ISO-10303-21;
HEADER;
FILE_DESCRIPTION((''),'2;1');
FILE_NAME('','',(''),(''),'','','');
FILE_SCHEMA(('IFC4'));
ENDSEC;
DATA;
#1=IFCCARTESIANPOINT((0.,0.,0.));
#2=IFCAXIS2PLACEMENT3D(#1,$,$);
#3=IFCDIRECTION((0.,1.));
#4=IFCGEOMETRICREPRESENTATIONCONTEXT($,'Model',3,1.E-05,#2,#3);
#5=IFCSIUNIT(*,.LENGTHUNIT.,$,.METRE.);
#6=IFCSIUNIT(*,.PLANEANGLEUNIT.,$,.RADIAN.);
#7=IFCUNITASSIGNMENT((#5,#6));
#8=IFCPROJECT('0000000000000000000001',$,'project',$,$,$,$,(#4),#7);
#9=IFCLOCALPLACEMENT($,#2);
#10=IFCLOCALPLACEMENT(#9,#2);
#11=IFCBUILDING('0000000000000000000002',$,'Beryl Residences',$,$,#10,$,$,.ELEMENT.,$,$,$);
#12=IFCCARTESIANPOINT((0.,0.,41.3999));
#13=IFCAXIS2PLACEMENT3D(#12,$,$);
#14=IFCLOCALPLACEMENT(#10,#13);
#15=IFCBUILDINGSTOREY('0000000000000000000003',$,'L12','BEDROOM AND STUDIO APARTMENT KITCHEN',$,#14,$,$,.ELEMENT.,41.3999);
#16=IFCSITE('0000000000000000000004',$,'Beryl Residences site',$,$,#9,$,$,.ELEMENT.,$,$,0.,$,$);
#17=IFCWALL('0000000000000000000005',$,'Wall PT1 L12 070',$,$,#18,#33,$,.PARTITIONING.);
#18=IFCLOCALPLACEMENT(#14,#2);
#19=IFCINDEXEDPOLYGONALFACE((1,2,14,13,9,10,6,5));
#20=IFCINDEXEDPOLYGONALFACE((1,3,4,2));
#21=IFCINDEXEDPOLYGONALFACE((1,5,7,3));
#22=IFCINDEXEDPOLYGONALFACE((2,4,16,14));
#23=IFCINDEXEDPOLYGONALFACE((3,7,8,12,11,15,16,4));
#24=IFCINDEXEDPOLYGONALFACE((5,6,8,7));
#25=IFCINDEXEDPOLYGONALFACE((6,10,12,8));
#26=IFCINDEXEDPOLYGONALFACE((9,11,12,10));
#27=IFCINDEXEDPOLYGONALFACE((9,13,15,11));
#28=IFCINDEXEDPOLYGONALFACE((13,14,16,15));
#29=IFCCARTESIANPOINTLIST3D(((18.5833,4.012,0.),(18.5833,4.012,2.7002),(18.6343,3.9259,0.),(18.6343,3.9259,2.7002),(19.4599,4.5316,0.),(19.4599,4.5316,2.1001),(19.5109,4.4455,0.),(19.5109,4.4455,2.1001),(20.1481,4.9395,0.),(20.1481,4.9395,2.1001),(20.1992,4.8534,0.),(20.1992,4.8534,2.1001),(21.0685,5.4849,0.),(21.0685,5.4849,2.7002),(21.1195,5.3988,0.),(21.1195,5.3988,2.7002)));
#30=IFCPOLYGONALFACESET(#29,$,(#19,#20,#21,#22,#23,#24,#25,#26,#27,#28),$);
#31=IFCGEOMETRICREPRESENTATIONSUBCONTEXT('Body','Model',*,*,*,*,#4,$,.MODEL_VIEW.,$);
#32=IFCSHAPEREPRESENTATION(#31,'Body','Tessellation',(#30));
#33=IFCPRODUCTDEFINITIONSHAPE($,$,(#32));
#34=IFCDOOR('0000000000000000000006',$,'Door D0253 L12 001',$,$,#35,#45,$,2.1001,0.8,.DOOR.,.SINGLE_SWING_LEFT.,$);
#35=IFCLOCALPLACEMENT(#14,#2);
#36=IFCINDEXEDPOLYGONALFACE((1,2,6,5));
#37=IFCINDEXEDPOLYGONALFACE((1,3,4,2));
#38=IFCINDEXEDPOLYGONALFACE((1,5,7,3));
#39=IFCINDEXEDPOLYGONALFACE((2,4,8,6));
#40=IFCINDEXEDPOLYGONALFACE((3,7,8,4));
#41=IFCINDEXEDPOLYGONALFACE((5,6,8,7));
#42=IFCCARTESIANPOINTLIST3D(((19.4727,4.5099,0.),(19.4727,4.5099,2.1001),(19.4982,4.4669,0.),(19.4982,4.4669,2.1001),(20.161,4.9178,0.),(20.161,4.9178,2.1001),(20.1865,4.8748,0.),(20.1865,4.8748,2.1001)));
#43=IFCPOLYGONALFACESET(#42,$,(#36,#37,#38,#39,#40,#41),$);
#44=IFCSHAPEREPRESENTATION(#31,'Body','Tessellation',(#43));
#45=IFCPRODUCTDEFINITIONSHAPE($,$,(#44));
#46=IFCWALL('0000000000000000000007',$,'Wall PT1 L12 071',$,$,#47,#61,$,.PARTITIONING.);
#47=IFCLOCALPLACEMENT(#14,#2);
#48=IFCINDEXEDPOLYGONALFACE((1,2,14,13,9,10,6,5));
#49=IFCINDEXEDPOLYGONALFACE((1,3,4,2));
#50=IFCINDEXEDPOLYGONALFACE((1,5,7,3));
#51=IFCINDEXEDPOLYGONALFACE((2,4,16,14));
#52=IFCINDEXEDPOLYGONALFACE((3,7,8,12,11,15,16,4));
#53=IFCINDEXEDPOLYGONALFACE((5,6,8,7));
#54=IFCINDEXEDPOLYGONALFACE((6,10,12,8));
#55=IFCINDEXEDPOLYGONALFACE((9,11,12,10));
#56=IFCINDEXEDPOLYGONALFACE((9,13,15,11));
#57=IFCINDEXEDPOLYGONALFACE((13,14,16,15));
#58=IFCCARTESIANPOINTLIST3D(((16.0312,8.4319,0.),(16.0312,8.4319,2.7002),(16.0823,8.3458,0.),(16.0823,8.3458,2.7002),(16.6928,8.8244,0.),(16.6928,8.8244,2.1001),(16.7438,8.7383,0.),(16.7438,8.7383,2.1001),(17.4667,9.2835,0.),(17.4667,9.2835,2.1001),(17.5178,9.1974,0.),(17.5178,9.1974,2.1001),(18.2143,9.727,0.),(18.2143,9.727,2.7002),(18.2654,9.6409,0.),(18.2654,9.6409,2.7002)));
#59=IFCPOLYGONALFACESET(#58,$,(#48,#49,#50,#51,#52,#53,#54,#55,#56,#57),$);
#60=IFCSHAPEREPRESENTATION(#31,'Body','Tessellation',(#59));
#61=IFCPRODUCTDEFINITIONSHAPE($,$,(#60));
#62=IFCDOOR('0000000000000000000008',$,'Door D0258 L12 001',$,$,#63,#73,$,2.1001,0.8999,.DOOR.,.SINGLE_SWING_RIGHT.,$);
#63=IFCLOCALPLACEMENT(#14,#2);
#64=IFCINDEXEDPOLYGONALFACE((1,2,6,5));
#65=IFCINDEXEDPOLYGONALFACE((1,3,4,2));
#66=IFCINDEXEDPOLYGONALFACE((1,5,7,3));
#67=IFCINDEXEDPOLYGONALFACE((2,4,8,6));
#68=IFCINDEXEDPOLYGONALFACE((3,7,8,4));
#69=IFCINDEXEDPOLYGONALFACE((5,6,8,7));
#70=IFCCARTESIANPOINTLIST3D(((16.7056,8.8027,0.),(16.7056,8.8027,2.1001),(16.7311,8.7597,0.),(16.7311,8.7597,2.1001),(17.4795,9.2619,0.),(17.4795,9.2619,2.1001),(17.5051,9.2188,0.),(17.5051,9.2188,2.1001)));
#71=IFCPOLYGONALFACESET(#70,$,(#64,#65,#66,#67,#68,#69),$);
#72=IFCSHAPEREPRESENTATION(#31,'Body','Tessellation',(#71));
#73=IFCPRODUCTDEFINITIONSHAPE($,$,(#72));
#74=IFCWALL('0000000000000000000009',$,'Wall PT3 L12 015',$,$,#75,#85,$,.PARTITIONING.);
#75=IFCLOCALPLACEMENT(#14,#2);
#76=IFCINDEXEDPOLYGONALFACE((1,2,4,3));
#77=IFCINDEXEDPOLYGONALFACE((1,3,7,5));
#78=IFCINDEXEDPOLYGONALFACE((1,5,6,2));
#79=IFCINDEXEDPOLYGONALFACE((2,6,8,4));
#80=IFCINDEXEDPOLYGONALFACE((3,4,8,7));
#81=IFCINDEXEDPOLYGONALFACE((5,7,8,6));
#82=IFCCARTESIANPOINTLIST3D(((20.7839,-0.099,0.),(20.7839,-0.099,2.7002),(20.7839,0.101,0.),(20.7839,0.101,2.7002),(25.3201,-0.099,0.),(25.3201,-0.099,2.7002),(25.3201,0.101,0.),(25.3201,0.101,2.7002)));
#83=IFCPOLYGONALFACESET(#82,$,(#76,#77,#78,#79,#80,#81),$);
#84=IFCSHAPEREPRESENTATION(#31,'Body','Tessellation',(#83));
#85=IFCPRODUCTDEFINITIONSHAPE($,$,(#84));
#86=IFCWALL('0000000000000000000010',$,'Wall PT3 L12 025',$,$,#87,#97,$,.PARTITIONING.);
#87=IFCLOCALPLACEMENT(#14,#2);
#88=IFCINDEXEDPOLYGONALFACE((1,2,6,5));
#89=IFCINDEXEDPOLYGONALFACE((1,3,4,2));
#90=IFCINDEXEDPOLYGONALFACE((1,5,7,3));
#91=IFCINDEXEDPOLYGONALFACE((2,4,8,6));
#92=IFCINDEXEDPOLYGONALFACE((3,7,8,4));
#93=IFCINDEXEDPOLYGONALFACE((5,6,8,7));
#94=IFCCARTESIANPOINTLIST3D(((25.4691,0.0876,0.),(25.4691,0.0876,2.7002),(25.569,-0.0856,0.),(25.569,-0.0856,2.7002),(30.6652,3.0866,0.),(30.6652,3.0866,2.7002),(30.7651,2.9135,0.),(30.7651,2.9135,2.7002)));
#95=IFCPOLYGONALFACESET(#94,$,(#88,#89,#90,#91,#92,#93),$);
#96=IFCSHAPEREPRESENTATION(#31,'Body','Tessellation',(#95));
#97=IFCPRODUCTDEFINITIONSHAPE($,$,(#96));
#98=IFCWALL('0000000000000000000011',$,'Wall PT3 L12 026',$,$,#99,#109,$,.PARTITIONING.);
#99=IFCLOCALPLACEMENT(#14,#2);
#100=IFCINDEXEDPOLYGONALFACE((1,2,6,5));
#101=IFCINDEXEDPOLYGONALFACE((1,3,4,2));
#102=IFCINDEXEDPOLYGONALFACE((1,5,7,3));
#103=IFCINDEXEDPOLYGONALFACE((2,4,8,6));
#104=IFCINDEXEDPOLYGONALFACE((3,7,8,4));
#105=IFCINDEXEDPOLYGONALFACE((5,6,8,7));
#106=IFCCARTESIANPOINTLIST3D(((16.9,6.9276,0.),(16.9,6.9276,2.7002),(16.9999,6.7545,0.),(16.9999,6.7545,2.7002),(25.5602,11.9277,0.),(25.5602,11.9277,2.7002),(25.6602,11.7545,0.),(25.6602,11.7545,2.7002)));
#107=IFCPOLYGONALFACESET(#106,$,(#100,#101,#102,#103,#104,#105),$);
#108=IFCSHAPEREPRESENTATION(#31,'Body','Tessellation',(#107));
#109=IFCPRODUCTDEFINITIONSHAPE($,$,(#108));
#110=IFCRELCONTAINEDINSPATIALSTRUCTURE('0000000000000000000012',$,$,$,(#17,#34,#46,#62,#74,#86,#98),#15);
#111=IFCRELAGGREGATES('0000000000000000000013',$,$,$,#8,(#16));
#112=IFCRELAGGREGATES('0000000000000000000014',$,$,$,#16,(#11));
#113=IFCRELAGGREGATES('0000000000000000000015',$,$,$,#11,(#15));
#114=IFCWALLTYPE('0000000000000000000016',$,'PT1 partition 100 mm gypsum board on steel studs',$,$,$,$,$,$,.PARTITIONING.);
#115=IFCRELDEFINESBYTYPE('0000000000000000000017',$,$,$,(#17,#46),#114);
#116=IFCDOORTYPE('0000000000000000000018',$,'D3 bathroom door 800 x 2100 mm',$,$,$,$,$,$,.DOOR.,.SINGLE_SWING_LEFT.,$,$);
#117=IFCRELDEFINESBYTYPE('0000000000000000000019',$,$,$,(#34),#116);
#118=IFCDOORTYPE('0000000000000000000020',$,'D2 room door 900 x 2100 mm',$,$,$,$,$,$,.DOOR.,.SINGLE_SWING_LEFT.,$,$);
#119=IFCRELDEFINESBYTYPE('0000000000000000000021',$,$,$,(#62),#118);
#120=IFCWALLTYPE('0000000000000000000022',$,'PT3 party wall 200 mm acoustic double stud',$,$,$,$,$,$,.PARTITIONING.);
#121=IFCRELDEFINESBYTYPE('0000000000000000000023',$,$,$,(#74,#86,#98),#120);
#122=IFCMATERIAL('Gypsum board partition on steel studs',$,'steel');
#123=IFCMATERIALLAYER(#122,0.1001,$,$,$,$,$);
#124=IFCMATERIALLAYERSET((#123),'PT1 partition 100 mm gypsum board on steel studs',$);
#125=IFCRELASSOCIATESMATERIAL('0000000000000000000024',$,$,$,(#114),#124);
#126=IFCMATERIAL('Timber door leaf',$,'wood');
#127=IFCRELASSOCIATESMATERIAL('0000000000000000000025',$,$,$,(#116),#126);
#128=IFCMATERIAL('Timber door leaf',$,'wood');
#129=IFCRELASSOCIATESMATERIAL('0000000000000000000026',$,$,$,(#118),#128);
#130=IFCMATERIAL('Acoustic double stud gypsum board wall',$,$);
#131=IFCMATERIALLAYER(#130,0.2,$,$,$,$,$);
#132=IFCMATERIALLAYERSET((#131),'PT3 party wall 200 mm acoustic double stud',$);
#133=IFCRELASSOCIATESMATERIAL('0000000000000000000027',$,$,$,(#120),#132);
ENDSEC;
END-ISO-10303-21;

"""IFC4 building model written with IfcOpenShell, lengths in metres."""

from ifc_helpers import new_model, si_unit, direction, frame, frame_2d, origin, place, context, subcontext, project, spatial, rectangle, extrude, material, layer, layer_set, type_object, element, fill, save


model = new_model("IFC4")

# Units and contexts
model_context = context("Model", 3, precision=1e-05, world=origin(), true_north=direction((0.0, 1.0)))
body_context = subcontext(model_context, "Body", "Model", "MODEL_VIEW")
ifc_project = project(units=[si_unit("LENGTHUNIT", "METRE"), si_unit("PLANEANGLEUNIT", "RADIAN")], contexts=[model_context])

# Site, building, storey
site_placement = place(None, origin())
site = spatial("IfcSite", under=ifc_project, at=site_placement, Name="Beryl Residences site", CompositionType="ELEMENT", RefElevation=0.0)
building_placement = place(site_placement, origin())
building = spatial("IfcBuilding", under=site, at=building_placement, Name="Beryl Residences", CompositionType="ELEMENT")
storey_placement = place(building_placement, frame((0.0, 0.0, 41.3999)))
storey = spatial("IfcBuildingStorey", under=building, at=storey_placement, Name="L12", Description="BEDROOM AND STUDIO APARTMENT KITCHEN", CompositionType="ELEMENT", Elevation=41.3999)

# Shared definitions
ifc_material_1 = material(Name="Gypsum board partition on steel studs", Category="steel")
ifc_layer_1 = layer(ifc_material_1, 0.1001)
ifc_layer_set_1 = layer_set([ifc_layer_1], Name="PT1 partition 100 mm gypsum board on steel studs")
wall_type_1 = type_object("IfcWallType", Name="PT1 partition 100 mm gypsum board on steel studs", PredefinedType="PARTITIONING", material=ifc_layer_set_1)

# Walls, openings, doors
ifc_material_2 = material(Name="Timber door leaf", Category="wood")
door_type_1 = type_object("IfcDoorType", Name="D3 bathroom door 800 x 2100 mm", OperationType="SINGLE_SWING_LEFT", PredefinedType="DOOR", material=ifc_material_2)
ifc_material_3 = material(Name="Timber door leaf", Category="wood")
door_type_2 = type_object("IfcDoorType", Name="D2 room door 900 x 2100 mm", OperationType="SINGLE_SWING_LEFT", PredefinedType="DOOR", material=ifc_material_3)
wall_1_placement = place(storey_placement, frame((18.6089, 3.969, 0.0), z_axis=(0.0, 0.0, 1.0), x_axis=(0.860254, 0.509865, 0.0)))
wall_1 = element("IfcWall", 1, at=wall_1_placement, inside=storey, type_object=wall_type_1, Name="Wall PT1 L12 070", PredefinedType="PARTITIONING", context=body_context, shape_type="SweptSolid", body=[
    extrude(rectangle(XDim=2.8889, YDim=0.1001, at=frame_2d((1.4443, 0.0))), origin(), (0.0, 0.0, 1.0), 2.7002),
])
opening_1_placement = place(wall_1_placement, frame((1.019, 0.0, 0.0)))
opening_1 = element("IfcOpeningElement", 2, at=opening_1_placement, cuts=wall_1, PredefinedType="OPENING", context=body_context, shape_type="SweptSolid", body=[
    extrude(rectangle(XDim=0.8, YDim=2.1001, at=frame_2d((0.3999, 1.05))), frame((0.0, 0.0601, 0.0), z_axis=(0.0, -1.0, 0.0), x_axis=(1.0, 0.0, 0.0)), (0.0, 0.0, 1.0), 0.1201),
])
door_1_placement = place(opening_1_placement, origin())
door_1 = element("IfcDoor", 3, at=door_1_placement, inside=storey, type_object=door_type_1, Name="Door D0253 L12 001", OperationType="SINGLE_SWING_LEFT", OverallHeight=2.1001, OverallWidth=0.8, PredefinedType="DOOR", context=body_context, shape_type="SweptSolid", body=[
    extrude(rectangle(XDim=0.8, YDim=2.1001, at=frame_2d((0.3999, 1.05))), frame((0.0, 0.0249, 0.0), z_axis=(0.0, -1.0, 0.0), x_axis=(1.0, 0.0, 0.0)), (0.0, 0.0, 1.0), 0.05),
])
fill(opening_1, door_1)
wall_2_placement = place(storey_placement, frame((16.0569, 8.3889, 0.0), z_axis=(0.0, 0.0, 1.0), x_axis=(0.860037, 0.510232, 0.0)))
wall_2 = element("IfcWall", 4, at=wall_2_placement, inside=storey, type_object=wall_type_1, Name="Wall PT1 L12 071", PredefinedType="PARTITIONING", context=body_context, shape_type="SweptSolid", body=[
    extrude(rectangle(XDim=2.5383, YDim=0.1001, at=frame_2d((1.269, 0.0))), origin(), (0.0, 0.0, 1.0), 2.7002),
])
opening_2_placement = place(wall_2_placement, frame((0.769, 0.0, 0.0)))
opening_2 = element("IfcOpeningElement", 5, at=opening_2_placement, cuts=wall_2, PredefinedType="OPENING", context=body_context, shape_type="SweptSolid", body=[
    extrude(rectangle(XDim=0.8999, YDim=2.1001, at=frame_2d((0.45, 1.05))), frame((0.0, 0.0601, 0.0), z_axis=(0.0, -1.0, 0.0), x_axis=(1.0, 0.0, 0.0)), (0.0, 0.0, 1.0), 0.1201),
])
door_2_placement = place(opening_2_placement, origin())
door_2 = element("IfcDoor", 6, at=door_2_placement, inside=storey, type_object=door_type_2, Name="Door D0258 L12 001", OperationType="SINGLE_SWING_RIGHT", OverallHeight=2.1001, OverallWidth=0.8999, PredefinedType="DOOR", context=body_context, shape_type="SweptSolid", body=[
    extrude(rectangle(XDim=0.8999, YDim=2.1001, at=frame_2d((0.45, 1.05))), frame((0.0, 0.0249, 0.0), z_axis=(0.0, -1.0, 0.0), x_axis=(1.0, 0.0, 0.0)), (0.0, 0.0, 1.0), 0.05),
])
fill(opening_2, door_2)

# Walls
ifc_material_4 = material(Name="Acoustic double stud gypsum board wall")
ifc_layer_2 = layer(ifc_material_4, 0.2)
ifc_layer_set_2 = layer_set([ifc_layer_2], Name="PT3 party wall 200 mm acoustic double stud")
wall_type_2 = type_object("IfcWallType", Name="PT3 party wall 200 mm acoustic double stud", PredefinedType="PARTITIONING", material=ifc_layer_set_2)
wall_3_placement = place(storey_placement, frame((20.7839, 0.001, 0.0), z_axis=(0.0, 0.0, 1.0), x_axis=(1.0, 0.0, 0.0)))
element("IfcWall", 7, at=wall_3_placement, inside=storey, type_object=wall_type_2, Name="Wall PT3 L12 015", PredefinedType="PARTITIONING", context=body_context, shape_type="SweptSolid", body=[
    extrude(rectangle(XDim=4.5361, YDim=0.2, at=frame_2d((2.2681, 0.0))), origin(), (0.0, 0.0, 1.0), 2.7002),
])
wall_4_placement = place(storey_placement, frame((25.519, 0.001, 0.0), z_axis=(0.0, 0.0, 1.0), x_axis=(0.866091, 0.499886, 0.0)))
element("IfcWall", 8, at=wall_4_placement, inside=storey, type_object=wall_type_2, Name="Wall PT3 L12 025", PredefinedType="PARTITIONING", context=body_context, shape_type="SweptSolid", body=[
    extrude(rectangle(XDim=5.9995, YDim=0.2, at=frame_2d((2.9998, 0.0))), origin(), (0.0, 0.0, 1.0), 2.7002),
])
wall_5_placement = place(storey_placement, frame((16.95, 6.8411, 0.0), z_axis=(0.0, 0.0, 1.0), x_axis=(0.866023, 0.500004, 0.0)))
element("IfcWall", 9, at=wall_5_placement, inside=storey, type_object=wall_type_2, Name="Wall PT3 L12 026", PredefinedType="PARTITIONING", context=body_context, shape_type="SweptSolid", body=[
    extrude(rectangle(XDim=10.0, YDim=0.2, at=frame_2d((5.0, 0.0))), origin(), (0.0, 0.0, 1.0), 2.7002),
])

save(model, "model.ifc")
